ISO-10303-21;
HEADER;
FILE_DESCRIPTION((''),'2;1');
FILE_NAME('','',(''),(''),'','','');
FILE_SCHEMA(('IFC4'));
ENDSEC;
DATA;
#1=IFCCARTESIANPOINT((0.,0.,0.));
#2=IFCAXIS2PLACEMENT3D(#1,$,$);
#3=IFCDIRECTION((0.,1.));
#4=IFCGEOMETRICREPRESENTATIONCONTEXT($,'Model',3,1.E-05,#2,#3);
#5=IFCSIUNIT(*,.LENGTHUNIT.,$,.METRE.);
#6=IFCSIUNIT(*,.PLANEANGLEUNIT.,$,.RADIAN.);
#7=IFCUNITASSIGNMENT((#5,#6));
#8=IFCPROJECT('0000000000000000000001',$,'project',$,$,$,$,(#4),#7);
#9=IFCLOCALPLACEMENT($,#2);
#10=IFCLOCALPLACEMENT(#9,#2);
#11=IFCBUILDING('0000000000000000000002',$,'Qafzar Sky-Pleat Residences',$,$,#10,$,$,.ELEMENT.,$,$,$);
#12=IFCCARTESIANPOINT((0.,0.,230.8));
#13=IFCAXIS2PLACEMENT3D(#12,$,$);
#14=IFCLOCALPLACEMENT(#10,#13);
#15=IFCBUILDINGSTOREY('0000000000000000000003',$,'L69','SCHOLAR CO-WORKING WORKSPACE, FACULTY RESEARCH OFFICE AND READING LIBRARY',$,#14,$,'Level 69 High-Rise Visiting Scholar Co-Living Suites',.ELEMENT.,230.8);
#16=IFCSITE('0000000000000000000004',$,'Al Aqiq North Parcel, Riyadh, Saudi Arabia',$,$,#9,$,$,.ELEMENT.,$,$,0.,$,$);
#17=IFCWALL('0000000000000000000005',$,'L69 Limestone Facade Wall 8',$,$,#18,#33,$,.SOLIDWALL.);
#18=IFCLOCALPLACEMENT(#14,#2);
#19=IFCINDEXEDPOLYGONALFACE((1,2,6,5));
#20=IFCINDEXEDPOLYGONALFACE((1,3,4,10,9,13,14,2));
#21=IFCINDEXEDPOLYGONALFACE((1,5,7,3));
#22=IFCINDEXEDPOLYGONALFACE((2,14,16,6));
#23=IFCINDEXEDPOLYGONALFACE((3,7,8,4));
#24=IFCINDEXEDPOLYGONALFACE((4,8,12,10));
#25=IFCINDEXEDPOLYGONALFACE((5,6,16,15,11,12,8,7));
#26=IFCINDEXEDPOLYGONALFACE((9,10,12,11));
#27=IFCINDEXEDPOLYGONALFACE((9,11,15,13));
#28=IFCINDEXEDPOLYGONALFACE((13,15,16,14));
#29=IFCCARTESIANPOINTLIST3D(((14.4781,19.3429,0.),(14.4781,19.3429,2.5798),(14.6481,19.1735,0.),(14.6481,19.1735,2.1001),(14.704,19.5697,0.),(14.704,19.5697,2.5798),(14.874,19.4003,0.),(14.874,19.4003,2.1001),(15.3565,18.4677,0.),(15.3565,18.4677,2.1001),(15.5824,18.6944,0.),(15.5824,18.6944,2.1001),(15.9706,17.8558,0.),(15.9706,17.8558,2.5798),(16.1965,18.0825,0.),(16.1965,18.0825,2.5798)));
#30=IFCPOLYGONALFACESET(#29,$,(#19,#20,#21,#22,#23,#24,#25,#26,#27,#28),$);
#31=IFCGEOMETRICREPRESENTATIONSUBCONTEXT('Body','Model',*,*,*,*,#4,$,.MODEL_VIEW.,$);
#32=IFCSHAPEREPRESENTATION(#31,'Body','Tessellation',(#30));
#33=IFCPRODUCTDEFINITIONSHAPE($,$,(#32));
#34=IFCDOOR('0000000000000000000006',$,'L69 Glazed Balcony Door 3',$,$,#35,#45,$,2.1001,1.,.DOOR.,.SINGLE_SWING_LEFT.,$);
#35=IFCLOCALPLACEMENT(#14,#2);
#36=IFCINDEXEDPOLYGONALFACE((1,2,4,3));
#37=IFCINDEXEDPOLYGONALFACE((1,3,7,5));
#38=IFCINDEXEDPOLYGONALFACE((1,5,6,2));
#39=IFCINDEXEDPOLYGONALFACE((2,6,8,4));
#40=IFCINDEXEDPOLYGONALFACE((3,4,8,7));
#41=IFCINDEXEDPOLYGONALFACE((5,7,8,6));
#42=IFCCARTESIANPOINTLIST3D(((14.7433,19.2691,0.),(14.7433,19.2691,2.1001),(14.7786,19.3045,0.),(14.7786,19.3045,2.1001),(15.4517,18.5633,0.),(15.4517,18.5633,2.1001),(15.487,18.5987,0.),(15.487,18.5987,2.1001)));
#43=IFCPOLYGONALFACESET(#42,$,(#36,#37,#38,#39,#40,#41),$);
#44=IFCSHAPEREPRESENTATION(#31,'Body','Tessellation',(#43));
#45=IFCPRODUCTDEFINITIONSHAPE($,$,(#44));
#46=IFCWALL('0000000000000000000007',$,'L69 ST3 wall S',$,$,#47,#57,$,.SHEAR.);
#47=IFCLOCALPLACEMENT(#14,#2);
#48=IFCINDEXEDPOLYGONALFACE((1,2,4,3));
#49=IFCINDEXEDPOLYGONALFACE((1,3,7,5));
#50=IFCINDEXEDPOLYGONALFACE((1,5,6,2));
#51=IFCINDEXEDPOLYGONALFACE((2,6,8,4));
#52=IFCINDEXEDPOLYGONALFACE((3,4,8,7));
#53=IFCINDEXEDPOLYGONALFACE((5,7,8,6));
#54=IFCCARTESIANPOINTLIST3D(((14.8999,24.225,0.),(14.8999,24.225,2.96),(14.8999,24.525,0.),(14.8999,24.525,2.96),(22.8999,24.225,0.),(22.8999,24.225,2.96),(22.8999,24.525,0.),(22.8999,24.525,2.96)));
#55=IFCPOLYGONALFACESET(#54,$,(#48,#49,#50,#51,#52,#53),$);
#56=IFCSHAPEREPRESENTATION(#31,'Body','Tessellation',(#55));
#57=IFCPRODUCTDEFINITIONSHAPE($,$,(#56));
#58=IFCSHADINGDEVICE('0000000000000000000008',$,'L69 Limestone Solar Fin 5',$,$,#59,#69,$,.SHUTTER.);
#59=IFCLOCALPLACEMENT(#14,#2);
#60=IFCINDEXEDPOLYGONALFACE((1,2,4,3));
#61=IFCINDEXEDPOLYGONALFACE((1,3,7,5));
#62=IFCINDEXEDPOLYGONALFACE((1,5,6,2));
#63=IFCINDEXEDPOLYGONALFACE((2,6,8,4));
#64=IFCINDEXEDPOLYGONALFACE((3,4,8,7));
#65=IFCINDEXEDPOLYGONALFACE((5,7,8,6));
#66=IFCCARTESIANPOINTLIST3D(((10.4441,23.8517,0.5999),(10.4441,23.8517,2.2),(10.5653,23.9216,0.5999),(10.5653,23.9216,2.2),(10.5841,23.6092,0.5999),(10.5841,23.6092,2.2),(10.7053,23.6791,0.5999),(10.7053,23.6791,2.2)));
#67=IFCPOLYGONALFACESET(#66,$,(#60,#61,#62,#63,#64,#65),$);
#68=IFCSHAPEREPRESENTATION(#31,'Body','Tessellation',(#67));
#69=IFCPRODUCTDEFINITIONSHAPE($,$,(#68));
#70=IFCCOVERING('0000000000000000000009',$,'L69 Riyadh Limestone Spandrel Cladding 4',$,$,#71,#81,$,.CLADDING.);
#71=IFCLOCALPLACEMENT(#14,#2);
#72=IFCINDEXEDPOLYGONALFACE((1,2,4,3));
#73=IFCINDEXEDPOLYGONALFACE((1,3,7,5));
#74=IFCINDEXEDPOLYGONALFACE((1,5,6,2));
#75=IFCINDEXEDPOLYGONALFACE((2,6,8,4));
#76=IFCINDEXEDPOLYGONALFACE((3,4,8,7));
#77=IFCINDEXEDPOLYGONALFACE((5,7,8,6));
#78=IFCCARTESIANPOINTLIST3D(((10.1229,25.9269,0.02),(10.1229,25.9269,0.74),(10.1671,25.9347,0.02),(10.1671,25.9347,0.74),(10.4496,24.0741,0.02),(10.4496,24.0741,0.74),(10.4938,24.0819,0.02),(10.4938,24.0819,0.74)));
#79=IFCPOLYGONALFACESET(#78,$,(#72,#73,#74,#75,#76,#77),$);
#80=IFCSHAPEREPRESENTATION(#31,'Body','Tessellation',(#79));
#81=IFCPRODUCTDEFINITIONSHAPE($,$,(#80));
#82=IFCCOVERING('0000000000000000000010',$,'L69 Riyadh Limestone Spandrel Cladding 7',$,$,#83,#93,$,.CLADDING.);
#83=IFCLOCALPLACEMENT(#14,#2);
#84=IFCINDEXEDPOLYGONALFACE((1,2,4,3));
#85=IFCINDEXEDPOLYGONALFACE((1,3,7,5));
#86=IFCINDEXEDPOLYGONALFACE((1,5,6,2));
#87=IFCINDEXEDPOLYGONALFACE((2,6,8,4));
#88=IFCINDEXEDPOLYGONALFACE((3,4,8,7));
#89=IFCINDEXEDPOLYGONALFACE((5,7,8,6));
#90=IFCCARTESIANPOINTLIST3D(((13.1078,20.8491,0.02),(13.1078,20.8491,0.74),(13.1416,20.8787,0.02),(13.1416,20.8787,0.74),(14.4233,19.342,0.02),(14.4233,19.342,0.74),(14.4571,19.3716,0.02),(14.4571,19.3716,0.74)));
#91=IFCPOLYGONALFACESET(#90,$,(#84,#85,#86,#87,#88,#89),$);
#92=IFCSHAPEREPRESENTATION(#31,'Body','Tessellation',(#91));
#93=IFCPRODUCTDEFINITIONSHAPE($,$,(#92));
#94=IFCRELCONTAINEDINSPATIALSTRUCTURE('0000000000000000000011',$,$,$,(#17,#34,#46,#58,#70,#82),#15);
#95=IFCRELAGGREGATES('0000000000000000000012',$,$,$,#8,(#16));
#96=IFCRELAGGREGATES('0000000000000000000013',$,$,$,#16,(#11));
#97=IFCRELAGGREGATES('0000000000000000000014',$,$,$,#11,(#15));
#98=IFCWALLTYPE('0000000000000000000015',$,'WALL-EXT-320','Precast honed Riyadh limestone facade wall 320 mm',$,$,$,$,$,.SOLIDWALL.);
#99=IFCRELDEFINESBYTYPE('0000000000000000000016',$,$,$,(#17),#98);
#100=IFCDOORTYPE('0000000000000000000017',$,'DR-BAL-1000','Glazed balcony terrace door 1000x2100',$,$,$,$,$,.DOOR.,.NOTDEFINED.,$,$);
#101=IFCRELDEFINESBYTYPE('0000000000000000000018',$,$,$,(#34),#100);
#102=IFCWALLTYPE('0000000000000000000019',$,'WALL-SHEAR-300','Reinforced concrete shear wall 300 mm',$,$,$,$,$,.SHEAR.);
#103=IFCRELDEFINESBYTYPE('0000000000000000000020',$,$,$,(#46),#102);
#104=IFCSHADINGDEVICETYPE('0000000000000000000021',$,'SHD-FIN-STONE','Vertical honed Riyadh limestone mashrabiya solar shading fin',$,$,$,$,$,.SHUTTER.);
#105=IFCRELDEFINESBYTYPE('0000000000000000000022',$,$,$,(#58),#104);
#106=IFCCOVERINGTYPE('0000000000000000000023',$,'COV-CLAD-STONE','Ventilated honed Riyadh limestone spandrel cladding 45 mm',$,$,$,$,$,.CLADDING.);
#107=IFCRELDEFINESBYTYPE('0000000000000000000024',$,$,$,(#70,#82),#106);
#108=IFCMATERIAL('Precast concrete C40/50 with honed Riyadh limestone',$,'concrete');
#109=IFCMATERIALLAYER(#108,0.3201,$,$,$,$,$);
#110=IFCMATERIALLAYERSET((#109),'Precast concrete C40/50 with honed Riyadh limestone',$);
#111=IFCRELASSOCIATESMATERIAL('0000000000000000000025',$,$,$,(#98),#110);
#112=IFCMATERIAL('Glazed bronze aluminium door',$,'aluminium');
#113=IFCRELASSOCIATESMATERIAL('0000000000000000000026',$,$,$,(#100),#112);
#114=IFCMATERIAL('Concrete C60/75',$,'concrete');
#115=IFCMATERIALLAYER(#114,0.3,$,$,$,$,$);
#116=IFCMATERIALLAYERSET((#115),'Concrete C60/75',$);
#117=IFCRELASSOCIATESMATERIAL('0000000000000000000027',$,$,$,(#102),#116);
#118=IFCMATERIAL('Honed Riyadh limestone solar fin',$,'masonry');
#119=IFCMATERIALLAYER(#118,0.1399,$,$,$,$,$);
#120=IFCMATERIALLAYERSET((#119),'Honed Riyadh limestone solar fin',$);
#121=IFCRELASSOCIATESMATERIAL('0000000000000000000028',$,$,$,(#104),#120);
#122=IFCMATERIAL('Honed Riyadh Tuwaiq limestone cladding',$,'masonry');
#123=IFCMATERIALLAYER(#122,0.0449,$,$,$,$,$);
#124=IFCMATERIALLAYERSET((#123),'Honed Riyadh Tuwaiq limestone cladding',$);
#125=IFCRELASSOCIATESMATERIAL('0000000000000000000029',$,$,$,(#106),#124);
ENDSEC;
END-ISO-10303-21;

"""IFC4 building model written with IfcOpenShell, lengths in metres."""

from ifc_helpers import new_model, si_unit, direction, frame, frame_2d, origin, origin_2d, place, context, subcontext, project, spatial, rectangle, extrude, source, transform, mapped, material, layer, layer_set, type_object, element, fill, save


model = new_model("IFC4")

# Units and contexts
model_context = context("Model", 3, precision=1e-05, world=origin(), true_north=direction((0.0, 1.0)))
body_context = subcontext(model_context, "Body", "Model", "MODEL_VIEW")
ifc_project = project(units=[si_unit("LENGTHUNIT", "METRE"), si_unit("PLANEANGLEUNIT", "RADIAN")], contexts=[model_context])

# Site, building, storey
site_placement = place(None, origin())
site = spatial("IfcSite", under=ifc_project, at=site_placement, Name="Al Aqiq North Parcel, Riyadh, Saudi Arabia", CompositionType="ELEMENT", RefElevation=0.0)
building_placement = place(site_placement, origin())
building = spatial("IfcBuilding", under=site, at=building_placement, Name="Qafzar Sky-Pleat Residences", CompositionType="ELEMENT")
storey_placement = place(building_placement, frame((0.0, 0.0, 230.8)))
storey = spatial("IfcBuildingStorey", under=building, at=storey_placement, Name="L69", Description="SCHOLAR CO-WORKING WORKSPACE, FACULTY RESEARCH OFFICE AND READING LIBRARY", LongName="Level 69 High-Rise Visiting Scholar Co-Living Suites", CompositionType="ELEMENT", Elevation=230.8)

# Shared definitions
ifc_material_1 = material(Name="Precast concrete C40/50 with honed Riyadh limestone", Category="concrete")
ifc_layer_1 = layer(ifc_material_1, 0.3201)
ifc_layer_set_1 = layer_set([ifc_layer_1], Name="Precast concrete C40/50 with honed Riyadh limestone")
wall_type_1 = type_object("IfcWallType", Name="WALL-EXT-320", Description="Precast honed Riyadh limestone facade wall 320 mm", PredefinedType="SOLIDWALL", material=ifc_layer_set_1)

# Wall, opening, door
wall_1_placement = place(storey_placement, frame((14.5911, 19.4563, 0.0), z_axis=(0.0, 0.0, 1.0), x_axis=(0.70838, -0.705831, 0.0)))
wall_1 = element("IfcWall", 1, at=wall_1_placement, inside=storey, type_object=wall_type_1, Name="L69 Limestone Facade Wall 8", PredefinedType="SOLIDWALL", context=body_context, shape_type="SweptSolid", body=[
    extrude(rectangle(XDim=2.1069, YDim=0.3201, at=frame_2d((1.0535, 0.0))), origin(), (0.0, 0.0, 1.0), 2.5798),
])
opening_1_placement = place(wall_1_placement, frame((0.24, 0.0, 0.0)))
opening_1 = element("IfcOpeningElement", 2, at=opening_1_placement, cuts=wall_1, PredefinedType="OPENING", context=body_context, shape_type="SweptSolid", body=[
    extrude(rectangle(XDim=1.0, YDim=2.1001, at=frame_2d((0.5, 1.05))), frame((0.0, 0.1699, 0.0), z_axis=(0.0, -1.0, 0.0), x_axis=(1.0, 0.0, 0.0)), (0.0, 0.0, 1.0), 0.3401),
])
ifc_material_2 = material(Name="Glazed bronze aluminium door", Category="aluminium")
door_type = type_object("IfcDoorType", Name="DR-BAL-1000", Description="Glazed balcony terrace door 1000x2100", OperationType="NOTDEFINED", PredefinedType="DOOR", material=ifc_material_2)
shared_shape_1 = source(origin(), body_context, "Body", "SweptSolid", [
    extrude(rectangle(XDim=1.0, YDim=2.1001, at=frame_2d((0.5, 1.05))), frame((0.0, 0.0249, 0.0), z_axis=(0.0, -1.0, 0.0), x_axis=(1.0, 0.0, 0.0)), (0.0, 0.0, 1.0), 0.05),
])
door_placement = place(opening_1_placement, origin())
door = element("IfcDoor", 3, at=door_placement, inside=storey, type_object=door_type, Name="L69 Glazed Balcony Door 3", OperationType="SINGLE_SWING_LEFT", OverallHeight=2.1001, OverallWidth=1.0, PredefinedType="DOOR", context=body_context, shape_type="MappedRepresentation", body=[
    mapped(shared_shape_1, transform((0.0, 0.0, 0.0), x_axis=(1.0, 0.0, 0.0), y_axis=(0.0, 1.0, 0.0), z_axis=(0.0, 0.0, 1.0), scale=1.0)),
])
fill(opening_1, door)

# Wall
ifc_material_3 = material(Name="Concrete C60/75", Category="concrete")
ifc_layer_2 = layer(ifc_material_3, 0.3)
ifc_layer_set_2 = layer_set([ifc_layer_2], Name="Concrete C60/75")
wall_type_2 = type_object("IfcWallType", Name="WALL-SHEAR-300", Description="Reinforced concrete shear wall 300 mm", PredefinedType="SHEAR", material=ifc_layer_set_2)
wall_2_placement = place(storey_placement, frame((14.8999, 24.375, 0.0), z_axis=(0.0, 0.0, 1.0), x_axis=(1.0, 0.0, 0.0)))
element("IfcWall", 4, at=wall_2_placement, inside=storey, type_object=wall_type_2, Name="L69 ST3 wall S", PredefinedType="SHEAR", context=body_context, shape_type="SweptSolid", body=[
    extrude(rectangle(XDim=8.0, YDim=0.3, at=frame_2d((4.0, 0.0))), origin(), (0.0, 0.0, 1.0), 2.96),
])

# Shading device
ifc_material_4 = material(Name="Honed Riyadh limestone solar fin", Category="masonry")
ifc_layer_3 = layer(ifc_material_4, 0.1399)
ifc_layer_set_3 = layer_set([ifc_layer_3], Name="Honed Riyadh limestone solar fin")
shading_device_type = type_object("IfcShadingDeviceType", Name="SHD-FIN-STONE", Description="Vertical honed Riyadh limestone mashrabiya solar shading fin", PredefinedType="SHUTTER", material=ifc_layer_set_3)
shared_shape_2 = source(origin(), body_context, "Body", "SweptSolid", [
    extrude(rectangle(XDim=0.1399, YDim=0.28, at=origin_2d()), origin(), (0.0, 0.0, 1.0), 1.6001),
])
shading_device_placement = place(storey_placement, frame((10.5747, 23.7654, 0.5999), z_axis=(0.0, 0.0, 1.0), x_axis=(-0.866044, -0.499967, 0.0)))
element("IfcShadingDevice", 5, at=shading_device_placement, inside=storey, type_object=shading_device_type, Name="L69 Limestone Solar Fin 5", PredefinedType="SHUTTER", context=body_context, shape_type="MappedRepresentation", body=[
    mapped(shared_shape_2, transform((0.0, 0.0, 0.0), x_axis=(1.0, 0.0, 0.0), y_axis=(0.0, 1.0, 0.0), z_axis=(0.0, 0.0, 1.0), scale=1.0)),
])

# Covering
ifc_material_5 = material(Name="Honed Riyadh Tuwaiq limestone cladding", Category="masonry")
ifc_layer_4 = layer(ifc_material_5, 0.0449)
ifc_layer_set_4 = layer_set([ifc_layer_4], Name="Honed Riyadh Tuwaiq limestone cladding")
covering_type = type_object("IfcCoveringType", Name="COV-CLAD-STONE", Description="Ventilated honed Riyadh limestone spandrel cladding 45 mm", PredefinedType="CLADDING", material=ifc_layer_set_4)
shared_shape_3 = source(origin(), body_context, "Body", "SweptSolid", [
    extrude(rectangle(XDim=1.8813, YDim=0.0449, at=origin_2d()), origin(), (0.0, 0.0, 1.0), 0.72),
])
covering_1_placement = place(storey_placement, frame((10.3083, 25.0044, 0.02), z_axis=(0.0, 0.0, 1.0), x_axis=(0.173663, -0.984805, 0.0)))
element("IfcCovering", 6, at=covering_1_placement, inside=storey, type_object=covering_type, Name="L69 Riyadh Limestone Spandrel Cladding 4", PredefinedType="CLADDING", context=body_context, shape_type="MappedRepresentation", body=[
    mapped(shared_shape_3, transform((0.0, 0.0, 0.0), x_axis=(1.0, 0.0, 0.0), y_axis=(0.0, 1.0, 0.0), z_axis=(0.0, 0.0, 1.0), scale=1.0)),
])

# Covering
shared_shape_4 = source(origin(), body_context, "Body", "SweptSolid", [
    extrude(rectangle(XDim=2.0005, YDim=0.0449, at=origin_2d()), origin(), (0.0, 0.0, 1.0), 0.72),
])
covering_2_placement = place(storey_placement, frame((13.7825, 20.1104, 0.02), z_axis=(0.0, 0.0, 1.0), x_axis=(0.657596, -0.75337, 0.0)))
element("IfcCovering", 7, at=covering_2_placement, inside=storey, type_object=covering_type, Name="L69 Riyadh Limestone Spandrel Cladding 7", PredefinedType="CLADDING", context=body_context, shape_type="MappedRepresentation", body=[
    mapped(shared_shape_4, transform((0.0, 0.0, 0.0), x_axis=(1.0, 0.0, 0.0), y_axis=(0.0, 1.0, 0.0), z_axis=(0.0, 0.0, 1.0), scale=1.0)),
])

save(model, "model.ifc")
